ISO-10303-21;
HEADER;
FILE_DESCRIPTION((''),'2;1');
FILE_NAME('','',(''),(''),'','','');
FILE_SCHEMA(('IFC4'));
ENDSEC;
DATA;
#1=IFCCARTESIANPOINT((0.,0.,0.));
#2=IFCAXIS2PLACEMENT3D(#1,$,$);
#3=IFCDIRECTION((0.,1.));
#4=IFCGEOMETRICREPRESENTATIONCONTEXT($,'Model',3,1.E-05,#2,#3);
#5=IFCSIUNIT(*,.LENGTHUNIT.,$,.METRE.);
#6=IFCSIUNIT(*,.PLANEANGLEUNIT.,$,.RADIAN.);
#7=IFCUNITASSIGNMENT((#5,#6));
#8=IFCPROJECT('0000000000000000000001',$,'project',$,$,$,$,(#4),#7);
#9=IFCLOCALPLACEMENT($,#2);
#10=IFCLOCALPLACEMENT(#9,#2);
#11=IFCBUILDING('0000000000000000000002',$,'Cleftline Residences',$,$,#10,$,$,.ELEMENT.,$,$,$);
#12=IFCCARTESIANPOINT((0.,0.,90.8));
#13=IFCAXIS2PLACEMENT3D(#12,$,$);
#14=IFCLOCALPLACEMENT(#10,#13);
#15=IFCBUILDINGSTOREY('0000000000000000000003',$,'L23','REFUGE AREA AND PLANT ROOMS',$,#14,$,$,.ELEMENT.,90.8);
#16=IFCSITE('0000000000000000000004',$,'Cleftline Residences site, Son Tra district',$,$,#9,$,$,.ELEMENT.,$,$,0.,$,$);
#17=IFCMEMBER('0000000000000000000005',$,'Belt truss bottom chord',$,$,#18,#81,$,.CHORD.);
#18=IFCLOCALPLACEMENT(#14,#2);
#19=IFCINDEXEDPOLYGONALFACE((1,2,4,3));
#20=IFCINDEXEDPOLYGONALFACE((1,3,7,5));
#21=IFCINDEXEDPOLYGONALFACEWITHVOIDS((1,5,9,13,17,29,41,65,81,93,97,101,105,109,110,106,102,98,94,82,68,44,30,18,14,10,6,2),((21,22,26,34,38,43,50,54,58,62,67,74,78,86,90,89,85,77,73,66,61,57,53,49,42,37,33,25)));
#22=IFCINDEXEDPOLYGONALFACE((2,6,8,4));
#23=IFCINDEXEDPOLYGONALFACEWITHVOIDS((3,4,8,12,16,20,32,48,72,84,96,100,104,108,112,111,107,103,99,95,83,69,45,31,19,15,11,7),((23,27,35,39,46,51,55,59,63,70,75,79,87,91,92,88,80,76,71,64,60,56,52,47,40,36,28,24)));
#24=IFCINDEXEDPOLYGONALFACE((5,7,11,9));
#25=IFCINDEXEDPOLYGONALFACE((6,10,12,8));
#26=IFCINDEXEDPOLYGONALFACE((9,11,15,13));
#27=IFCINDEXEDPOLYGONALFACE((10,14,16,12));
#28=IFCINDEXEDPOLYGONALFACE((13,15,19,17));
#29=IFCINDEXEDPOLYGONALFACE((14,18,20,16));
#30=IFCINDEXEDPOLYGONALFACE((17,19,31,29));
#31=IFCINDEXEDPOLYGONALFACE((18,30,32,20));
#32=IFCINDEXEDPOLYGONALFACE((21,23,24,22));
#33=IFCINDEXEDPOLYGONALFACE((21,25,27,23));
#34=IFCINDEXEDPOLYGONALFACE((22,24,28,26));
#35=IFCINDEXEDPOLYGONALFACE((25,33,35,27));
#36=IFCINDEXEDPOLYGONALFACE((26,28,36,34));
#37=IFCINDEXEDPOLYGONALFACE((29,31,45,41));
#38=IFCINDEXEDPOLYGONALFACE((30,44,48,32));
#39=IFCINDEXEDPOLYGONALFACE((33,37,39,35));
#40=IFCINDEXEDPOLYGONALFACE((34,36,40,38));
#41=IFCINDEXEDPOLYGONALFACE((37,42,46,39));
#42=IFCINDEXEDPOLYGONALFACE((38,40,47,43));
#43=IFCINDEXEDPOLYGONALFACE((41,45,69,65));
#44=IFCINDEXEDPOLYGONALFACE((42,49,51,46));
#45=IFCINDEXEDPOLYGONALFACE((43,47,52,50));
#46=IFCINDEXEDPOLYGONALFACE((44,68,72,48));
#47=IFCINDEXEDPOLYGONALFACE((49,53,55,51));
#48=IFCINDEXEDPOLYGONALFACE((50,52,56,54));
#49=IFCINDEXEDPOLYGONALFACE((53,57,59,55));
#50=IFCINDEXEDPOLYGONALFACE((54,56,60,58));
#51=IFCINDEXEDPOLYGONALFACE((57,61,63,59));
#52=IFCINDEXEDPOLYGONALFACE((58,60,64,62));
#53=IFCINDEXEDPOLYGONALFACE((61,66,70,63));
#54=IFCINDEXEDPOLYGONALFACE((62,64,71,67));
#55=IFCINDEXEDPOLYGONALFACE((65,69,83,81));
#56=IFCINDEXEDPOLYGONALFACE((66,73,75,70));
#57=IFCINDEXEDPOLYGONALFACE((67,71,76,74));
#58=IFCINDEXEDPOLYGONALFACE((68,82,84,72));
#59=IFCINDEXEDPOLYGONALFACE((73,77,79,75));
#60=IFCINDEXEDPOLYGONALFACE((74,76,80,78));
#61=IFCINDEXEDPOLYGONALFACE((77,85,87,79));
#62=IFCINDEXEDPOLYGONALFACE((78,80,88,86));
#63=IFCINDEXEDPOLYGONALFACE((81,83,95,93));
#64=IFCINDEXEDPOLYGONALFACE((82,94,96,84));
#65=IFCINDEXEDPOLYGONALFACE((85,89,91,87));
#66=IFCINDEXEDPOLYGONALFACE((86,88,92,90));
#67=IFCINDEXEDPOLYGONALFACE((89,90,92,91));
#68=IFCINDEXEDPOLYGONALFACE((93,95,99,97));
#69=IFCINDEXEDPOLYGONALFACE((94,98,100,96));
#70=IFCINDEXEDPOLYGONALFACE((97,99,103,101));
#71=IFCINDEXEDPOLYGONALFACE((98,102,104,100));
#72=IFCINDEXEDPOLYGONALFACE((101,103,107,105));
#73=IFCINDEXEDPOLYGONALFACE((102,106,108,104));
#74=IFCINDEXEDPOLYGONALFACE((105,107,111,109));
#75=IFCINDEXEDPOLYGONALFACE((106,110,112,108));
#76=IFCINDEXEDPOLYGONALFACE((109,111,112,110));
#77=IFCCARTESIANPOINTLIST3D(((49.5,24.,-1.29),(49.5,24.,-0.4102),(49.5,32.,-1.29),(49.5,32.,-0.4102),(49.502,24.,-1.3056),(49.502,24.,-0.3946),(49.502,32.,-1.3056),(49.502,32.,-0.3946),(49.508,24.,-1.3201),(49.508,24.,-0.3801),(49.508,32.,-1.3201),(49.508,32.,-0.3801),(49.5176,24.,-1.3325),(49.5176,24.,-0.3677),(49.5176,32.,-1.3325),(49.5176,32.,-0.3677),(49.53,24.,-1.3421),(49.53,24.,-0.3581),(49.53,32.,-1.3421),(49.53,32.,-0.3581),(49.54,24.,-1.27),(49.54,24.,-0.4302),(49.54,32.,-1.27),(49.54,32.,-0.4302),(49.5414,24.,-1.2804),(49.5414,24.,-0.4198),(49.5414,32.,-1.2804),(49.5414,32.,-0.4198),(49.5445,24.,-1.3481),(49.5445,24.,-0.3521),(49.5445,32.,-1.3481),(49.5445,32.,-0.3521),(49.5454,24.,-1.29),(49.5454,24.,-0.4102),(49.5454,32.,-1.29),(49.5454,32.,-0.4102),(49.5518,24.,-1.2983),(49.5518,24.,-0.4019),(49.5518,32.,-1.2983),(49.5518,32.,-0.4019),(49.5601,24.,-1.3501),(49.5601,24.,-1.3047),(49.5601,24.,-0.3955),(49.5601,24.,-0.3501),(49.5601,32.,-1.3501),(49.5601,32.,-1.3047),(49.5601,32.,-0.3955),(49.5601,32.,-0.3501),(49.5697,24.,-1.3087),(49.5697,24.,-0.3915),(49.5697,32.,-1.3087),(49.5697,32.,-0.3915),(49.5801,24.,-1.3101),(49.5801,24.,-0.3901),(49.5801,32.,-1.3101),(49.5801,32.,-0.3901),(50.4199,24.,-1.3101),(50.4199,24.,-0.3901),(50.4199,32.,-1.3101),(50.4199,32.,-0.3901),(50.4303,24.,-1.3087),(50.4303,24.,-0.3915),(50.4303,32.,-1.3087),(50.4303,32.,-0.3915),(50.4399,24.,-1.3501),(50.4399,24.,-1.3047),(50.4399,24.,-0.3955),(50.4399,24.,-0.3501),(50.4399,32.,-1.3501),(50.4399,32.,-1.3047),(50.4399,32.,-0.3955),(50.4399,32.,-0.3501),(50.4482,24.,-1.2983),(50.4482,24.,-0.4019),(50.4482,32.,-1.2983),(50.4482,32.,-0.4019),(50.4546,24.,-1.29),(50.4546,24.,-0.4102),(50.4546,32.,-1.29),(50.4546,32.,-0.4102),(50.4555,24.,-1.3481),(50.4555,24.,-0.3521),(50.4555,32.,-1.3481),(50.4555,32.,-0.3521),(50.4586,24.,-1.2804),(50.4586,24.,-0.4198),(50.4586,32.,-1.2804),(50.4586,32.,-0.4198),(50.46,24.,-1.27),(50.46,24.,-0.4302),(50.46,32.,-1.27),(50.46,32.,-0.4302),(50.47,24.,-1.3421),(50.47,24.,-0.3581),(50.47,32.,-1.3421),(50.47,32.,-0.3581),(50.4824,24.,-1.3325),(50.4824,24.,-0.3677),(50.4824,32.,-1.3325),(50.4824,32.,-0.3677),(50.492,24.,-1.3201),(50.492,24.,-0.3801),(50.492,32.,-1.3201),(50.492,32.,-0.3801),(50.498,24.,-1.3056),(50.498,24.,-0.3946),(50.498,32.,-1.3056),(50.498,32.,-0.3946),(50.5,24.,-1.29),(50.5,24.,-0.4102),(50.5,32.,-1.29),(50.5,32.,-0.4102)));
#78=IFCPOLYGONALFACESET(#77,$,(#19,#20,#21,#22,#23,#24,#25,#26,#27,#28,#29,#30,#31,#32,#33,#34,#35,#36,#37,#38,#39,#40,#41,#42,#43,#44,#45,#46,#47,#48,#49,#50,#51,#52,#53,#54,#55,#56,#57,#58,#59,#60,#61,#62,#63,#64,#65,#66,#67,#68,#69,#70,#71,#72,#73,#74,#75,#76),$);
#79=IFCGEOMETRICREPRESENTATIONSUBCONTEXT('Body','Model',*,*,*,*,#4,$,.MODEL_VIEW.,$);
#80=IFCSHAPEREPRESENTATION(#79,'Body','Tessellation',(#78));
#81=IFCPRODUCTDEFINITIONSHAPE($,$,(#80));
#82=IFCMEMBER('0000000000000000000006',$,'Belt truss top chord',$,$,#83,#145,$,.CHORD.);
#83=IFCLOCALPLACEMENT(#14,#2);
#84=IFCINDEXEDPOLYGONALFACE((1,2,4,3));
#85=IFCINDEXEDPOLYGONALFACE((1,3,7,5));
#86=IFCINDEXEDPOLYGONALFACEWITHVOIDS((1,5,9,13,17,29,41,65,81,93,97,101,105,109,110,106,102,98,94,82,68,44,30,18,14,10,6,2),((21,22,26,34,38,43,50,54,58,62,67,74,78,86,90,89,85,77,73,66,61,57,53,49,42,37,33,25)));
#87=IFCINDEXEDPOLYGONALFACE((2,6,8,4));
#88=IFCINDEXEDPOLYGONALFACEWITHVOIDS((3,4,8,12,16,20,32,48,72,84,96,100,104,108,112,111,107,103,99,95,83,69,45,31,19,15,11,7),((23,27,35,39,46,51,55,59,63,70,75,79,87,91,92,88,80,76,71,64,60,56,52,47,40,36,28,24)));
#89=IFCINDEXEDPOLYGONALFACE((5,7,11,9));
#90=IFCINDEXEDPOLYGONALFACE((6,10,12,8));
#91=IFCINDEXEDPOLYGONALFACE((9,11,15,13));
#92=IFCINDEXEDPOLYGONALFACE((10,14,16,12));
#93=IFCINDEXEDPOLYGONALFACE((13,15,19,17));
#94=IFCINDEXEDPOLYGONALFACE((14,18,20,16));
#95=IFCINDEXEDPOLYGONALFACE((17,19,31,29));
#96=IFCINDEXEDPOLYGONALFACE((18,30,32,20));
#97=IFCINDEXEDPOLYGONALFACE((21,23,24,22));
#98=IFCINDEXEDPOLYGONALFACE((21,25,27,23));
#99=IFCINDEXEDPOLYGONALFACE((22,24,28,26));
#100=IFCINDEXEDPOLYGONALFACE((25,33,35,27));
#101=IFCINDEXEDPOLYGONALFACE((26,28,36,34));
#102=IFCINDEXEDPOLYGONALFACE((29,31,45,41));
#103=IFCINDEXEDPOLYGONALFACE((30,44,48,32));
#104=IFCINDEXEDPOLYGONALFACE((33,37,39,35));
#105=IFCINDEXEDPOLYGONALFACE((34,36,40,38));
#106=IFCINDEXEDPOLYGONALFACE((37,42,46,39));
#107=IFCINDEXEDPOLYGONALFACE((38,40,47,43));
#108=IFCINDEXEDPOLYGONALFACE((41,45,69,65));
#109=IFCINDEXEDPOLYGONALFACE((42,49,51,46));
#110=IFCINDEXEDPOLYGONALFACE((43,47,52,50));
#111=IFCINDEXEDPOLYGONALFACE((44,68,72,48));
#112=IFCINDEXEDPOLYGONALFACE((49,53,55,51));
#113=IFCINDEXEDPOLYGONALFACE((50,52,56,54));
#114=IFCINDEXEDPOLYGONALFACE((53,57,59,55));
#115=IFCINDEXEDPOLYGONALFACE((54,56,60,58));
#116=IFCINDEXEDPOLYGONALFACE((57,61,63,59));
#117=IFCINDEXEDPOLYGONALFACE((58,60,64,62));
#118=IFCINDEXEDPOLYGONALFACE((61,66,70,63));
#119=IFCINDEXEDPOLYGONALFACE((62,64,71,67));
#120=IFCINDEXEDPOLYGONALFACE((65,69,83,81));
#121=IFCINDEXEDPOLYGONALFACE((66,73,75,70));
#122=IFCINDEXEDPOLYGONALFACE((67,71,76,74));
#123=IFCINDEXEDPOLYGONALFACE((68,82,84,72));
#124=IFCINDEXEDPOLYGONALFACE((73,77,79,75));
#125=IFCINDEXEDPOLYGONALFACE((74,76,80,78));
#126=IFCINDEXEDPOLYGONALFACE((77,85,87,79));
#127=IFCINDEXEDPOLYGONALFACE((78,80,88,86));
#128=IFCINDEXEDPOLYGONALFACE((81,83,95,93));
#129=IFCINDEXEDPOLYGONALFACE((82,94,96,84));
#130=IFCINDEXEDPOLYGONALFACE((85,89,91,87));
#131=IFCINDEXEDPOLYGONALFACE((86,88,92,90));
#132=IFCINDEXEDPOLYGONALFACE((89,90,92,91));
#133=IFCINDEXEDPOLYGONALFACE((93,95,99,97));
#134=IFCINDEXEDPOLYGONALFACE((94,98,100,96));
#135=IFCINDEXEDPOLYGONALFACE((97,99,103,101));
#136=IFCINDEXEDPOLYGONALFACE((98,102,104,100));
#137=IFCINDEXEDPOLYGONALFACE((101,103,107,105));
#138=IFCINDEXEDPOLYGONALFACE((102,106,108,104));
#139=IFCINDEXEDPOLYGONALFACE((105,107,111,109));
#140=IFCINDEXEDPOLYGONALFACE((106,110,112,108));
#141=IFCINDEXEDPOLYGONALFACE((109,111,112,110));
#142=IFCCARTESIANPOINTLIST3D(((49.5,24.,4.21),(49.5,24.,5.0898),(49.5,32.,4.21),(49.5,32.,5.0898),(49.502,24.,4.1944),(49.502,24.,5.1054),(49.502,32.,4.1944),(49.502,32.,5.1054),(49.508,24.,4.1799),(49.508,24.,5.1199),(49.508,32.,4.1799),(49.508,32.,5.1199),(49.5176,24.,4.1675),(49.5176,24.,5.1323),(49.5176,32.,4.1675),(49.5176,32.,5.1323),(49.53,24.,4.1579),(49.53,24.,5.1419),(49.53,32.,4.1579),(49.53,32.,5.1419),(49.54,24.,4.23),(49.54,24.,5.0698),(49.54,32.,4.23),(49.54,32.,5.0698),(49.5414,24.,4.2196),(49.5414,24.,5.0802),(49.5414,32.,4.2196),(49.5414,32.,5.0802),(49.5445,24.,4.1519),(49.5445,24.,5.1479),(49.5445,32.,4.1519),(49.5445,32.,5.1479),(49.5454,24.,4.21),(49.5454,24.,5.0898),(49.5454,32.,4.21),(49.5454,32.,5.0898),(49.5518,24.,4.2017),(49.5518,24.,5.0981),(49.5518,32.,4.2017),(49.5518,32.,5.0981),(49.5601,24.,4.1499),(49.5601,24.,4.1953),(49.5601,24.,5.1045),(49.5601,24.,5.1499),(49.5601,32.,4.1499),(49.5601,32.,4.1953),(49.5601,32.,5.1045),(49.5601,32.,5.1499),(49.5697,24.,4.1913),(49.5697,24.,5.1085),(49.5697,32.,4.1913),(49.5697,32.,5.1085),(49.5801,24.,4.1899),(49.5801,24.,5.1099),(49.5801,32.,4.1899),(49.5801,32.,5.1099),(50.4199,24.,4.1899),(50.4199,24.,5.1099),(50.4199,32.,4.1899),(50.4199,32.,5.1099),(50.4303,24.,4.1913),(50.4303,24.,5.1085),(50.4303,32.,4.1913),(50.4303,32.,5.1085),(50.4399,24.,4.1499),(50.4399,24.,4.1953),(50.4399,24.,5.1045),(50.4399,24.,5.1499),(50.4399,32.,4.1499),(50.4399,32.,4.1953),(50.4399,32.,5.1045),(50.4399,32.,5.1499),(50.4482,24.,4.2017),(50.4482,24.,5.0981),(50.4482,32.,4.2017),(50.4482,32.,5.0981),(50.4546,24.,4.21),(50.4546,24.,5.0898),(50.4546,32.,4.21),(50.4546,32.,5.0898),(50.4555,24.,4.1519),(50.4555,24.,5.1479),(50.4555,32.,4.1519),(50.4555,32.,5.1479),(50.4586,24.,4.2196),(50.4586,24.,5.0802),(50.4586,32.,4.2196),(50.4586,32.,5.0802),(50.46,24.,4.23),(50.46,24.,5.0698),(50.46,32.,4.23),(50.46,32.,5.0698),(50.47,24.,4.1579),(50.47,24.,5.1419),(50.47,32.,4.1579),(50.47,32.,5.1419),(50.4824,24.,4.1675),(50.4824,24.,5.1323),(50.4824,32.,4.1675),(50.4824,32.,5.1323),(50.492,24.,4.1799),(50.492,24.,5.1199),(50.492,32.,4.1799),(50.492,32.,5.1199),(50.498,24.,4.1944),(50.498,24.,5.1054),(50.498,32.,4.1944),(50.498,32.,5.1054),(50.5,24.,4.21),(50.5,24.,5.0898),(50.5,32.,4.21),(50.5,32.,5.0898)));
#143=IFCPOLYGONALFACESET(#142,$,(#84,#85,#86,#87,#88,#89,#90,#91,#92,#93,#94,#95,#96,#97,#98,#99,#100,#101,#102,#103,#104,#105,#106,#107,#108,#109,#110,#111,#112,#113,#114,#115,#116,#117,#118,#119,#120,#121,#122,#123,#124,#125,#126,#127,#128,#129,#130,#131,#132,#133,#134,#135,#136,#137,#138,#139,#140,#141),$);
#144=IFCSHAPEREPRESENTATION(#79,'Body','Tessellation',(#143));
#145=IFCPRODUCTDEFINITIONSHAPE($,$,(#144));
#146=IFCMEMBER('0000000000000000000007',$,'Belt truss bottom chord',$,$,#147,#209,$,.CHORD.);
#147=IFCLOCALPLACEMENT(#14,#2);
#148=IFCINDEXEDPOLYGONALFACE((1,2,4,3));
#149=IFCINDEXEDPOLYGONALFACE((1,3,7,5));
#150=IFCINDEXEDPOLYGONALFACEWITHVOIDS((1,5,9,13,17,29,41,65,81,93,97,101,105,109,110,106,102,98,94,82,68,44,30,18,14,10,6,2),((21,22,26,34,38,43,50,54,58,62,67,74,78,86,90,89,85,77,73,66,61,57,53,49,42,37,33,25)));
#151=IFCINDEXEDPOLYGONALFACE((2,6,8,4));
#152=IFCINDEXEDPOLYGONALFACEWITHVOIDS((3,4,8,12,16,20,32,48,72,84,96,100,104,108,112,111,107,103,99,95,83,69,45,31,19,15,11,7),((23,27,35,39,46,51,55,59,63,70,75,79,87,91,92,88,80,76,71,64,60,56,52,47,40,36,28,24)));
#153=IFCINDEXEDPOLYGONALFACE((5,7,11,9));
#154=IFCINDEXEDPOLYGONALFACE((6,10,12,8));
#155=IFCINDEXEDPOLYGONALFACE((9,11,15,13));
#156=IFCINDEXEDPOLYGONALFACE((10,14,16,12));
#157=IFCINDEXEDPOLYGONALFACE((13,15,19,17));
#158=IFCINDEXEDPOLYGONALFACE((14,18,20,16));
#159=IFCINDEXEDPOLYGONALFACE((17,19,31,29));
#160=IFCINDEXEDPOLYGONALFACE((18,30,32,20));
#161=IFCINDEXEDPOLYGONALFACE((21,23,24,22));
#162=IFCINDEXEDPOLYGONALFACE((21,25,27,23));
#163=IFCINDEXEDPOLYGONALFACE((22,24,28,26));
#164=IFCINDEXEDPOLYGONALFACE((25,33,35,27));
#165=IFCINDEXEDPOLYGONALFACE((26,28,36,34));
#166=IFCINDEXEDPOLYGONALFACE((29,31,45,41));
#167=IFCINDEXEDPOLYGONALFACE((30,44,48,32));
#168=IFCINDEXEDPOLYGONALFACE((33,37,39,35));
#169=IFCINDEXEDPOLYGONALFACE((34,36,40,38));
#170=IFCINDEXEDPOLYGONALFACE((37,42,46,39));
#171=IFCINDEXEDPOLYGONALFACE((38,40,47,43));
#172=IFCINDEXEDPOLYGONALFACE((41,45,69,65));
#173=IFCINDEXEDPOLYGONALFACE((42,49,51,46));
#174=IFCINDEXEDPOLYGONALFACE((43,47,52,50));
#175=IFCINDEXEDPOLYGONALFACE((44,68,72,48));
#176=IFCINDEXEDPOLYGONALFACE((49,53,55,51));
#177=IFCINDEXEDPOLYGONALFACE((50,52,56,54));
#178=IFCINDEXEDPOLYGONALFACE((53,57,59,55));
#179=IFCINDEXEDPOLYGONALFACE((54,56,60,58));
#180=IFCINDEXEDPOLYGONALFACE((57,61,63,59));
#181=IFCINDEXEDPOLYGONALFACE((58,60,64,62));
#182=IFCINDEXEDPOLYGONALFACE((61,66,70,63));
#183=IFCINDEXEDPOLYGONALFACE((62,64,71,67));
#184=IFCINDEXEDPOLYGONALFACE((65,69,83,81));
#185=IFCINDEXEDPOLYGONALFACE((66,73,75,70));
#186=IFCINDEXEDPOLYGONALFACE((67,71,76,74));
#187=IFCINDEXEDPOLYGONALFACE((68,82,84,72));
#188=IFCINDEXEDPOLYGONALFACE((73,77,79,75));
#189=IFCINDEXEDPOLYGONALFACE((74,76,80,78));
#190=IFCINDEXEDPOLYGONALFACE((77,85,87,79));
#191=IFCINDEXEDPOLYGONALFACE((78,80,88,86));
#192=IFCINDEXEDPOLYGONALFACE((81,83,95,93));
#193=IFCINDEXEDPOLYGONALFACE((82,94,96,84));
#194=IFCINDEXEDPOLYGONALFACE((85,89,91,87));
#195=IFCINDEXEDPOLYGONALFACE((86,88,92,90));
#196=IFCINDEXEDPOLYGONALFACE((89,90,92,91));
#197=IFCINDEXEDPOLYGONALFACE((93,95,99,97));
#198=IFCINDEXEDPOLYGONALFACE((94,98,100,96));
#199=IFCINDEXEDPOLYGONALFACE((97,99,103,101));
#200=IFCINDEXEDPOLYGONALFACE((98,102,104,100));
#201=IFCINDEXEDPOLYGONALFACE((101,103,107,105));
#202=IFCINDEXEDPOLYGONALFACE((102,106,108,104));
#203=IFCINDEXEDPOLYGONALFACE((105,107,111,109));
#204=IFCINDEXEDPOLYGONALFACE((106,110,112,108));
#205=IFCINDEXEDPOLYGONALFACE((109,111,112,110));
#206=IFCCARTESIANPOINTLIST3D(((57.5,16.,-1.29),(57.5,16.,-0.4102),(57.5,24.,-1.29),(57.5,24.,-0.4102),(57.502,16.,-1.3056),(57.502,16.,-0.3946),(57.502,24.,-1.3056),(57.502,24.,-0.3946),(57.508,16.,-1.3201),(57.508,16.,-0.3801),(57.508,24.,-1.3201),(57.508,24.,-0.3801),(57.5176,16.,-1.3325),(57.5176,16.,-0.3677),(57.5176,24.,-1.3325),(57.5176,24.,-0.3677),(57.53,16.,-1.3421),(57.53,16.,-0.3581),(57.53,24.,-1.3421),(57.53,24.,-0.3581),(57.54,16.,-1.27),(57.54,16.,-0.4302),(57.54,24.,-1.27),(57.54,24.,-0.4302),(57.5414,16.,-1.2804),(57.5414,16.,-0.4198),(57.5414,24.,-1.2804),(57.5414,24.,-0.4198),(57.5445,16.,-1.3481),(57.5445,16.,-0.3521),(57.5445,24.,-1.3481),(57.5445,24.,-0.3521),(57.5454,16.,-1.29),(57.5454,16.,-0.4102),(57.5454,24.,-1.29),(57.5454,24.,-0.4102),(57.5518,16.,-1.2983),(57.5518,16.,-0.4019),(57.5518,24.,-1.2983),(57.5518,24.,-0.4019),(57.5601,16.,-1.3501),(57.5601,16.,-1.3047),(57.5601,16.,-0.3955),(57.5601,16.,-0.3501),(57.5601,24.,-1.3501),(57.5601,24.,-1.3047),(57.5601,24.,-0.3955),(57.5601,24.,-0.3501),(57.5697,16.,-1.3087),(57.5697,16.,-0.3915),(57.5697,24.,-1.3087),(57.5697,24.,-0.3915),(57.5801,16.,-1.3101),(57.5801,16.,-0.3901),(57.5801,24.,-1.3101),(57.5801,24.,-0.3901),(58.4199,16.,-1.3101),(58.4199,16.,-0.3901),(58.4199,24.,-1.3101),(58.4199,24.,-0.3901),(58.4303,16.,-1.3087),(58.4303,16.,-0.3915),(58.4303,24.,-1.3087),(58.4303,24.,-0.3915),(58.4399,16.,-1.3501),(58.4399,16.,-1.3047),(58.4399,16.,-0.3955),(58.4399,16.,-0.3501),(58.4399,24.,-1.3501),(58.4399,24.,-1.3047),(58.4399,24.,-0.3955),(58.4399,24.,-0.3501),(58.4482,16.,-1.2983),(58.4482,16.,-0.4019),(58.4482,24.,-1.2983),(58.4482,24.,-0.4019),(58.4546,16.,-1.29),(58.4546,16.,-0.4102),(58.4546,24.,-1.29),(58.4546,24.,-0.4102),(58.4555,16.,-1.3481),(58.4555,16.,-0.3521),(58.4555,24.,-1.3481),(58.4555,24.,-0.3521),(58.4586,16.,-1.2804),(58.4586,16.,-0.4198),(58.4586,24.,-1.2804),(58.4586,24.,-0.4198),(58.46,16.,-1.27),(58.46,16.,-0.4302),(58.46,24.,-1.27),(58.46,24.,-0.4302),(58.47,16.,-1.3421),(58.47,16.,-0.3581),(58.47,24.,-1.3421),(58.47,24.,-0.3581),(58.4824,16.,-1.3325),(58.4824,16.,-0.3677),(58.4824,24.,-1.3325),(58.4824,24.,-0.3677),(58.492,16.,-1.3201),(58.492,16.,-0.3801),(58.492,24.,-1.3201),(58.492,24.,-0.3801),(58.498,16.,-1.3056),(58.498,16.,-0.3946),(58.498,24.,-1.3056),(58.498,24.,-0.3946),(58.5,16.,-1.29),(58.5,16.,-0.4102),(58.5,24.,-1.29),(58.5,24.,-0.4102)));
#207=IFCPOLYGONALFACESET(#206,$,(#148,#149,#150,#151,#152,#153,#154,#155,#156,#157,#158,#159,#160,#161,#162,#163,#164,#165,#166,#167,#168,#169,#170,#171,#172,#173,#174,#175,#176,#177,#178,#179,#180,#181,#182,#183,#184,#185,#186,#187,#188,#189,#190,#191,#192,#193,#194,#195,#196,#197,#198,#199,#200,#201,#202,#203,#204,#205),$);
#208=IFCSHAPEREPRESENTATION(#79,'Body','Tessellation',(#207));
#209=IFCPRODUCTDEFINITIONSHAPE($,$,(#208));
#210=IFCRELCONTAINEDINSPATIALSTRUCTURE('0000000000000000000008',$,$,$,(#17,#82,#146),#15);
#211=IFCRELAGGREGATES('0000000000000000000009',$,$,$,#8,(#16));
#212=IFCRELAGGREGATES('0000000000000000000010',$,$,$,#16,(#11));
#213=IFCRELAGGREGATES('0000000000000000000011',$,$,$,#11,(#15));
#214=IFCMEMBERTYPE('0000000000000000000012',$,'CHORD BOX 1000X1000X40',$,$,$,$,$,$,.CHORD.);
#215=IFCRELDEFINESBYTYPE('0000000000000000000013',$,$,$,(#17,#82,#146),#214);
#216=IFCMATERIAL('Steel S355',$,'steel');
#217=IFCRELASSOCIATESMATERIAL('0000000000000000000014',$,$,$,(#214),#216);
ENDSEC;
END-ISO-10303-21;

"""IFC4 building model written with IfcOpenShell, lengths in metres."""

from ifc_helpers import new_model, si_unit, direction, frame, origin, origin_2d, place, context, subcontext, project, spatial, hollow_rectangle, extrude, material, material_profile, profile_set, type_object, element, save


model = new_model("IFC4")

# Units and contexts
model_context = context("Model", 3, precision=1e-05, world=origin(), true_north=direction((0.0, 1.0)))
body_context = subcontext(model_context, "Body", "Model", "MODEL_VIEW")
ifc_project = project(units=[si_unit("LENGTHUNIT", "METRE"), si_unit("PLANEANGLEUNIT", "RADIAN")], contexts=[model_context])

# Site, building, storey
site_placement = place(None, origin())
site = spatial("IfcSite", under=ifc_project, at=site_placement, Name="Cleftline Residences site, Son Tra district", CompositionType="ELEMENT", RefElevation=0.0)
building_placement = place(site_placement, origin())
building = spatial("IfcBuilding", under=site, at=building_placement, Name="Cleftline Residences", CompositionType="ELEMENT")
storey_placement = place(building_placement, frame((0.0, 0.0, 90.8)))
storey = spatial("IfcBuildingStorey", under=building, at=storey_placement, Name="L23", Description="REFUGE AREA AND PLANT ROOMS", CompositionType="ELEMENT", Elevation=90.8)

# Members
ifc_material_1 = material(Name="Steel S355", Category="steel")
ifc_material_profile_1 = material_profile(ifc_material_1, hollow_rectangle(XDim=1.0, YDim=1.0, WallThickness=0.04, InnerFilletRadius=0.04, OuterFilletRadius=0.0601, at=origin_2d()))
ifc_profile_set_1 = profile_set([ifc_material_profile_1], Name="Steel S355")
member_type_1 = type_object("IfcMemberType", Name="CHORD BOX 1000X1000X40", PredefinedType="CHORD", material=ifc_profile_set_1)
for number, where, z_axis, x_axis, name in (
    (1, (50.0, 24.0, -0.8501), (0.0, 1.0, 0.0), (-1.0, 0.0, 0.0), "Belt truss bottom chord"),
    (2, (50.0, 24.0, 4.6499), (0.0, 1.0, 0.0), (-1.0, 0.0, 0.0), "Belt truss top chord"),
    (3, (58.0, 16.0, -0.8501), (0.0, 1.0, 0.0), (-1.0, 0.0, 0.0), "Belt truss bottom chord"),
):
    element("IfcMember", number, at=place(storey_placement, frame(where, z_axis=z_axis, x_axis=x_axis)), inside=storey, type_object=member_type_1, Name=name, PredefinedType="CHORD", context=body_context, shape_type="SweptSolid", body=[
        extrude(hollow_rectangle(XDim=1.0, YDim=1.0, WallThickness=0.04, InnerFilletRadius=0.04, OuterFilletRadius=0.0601, at=origin_2d()), origin(), (0.0, 0.0, 1.0), 8.0),
    ])

save(model, "model.ifc")
